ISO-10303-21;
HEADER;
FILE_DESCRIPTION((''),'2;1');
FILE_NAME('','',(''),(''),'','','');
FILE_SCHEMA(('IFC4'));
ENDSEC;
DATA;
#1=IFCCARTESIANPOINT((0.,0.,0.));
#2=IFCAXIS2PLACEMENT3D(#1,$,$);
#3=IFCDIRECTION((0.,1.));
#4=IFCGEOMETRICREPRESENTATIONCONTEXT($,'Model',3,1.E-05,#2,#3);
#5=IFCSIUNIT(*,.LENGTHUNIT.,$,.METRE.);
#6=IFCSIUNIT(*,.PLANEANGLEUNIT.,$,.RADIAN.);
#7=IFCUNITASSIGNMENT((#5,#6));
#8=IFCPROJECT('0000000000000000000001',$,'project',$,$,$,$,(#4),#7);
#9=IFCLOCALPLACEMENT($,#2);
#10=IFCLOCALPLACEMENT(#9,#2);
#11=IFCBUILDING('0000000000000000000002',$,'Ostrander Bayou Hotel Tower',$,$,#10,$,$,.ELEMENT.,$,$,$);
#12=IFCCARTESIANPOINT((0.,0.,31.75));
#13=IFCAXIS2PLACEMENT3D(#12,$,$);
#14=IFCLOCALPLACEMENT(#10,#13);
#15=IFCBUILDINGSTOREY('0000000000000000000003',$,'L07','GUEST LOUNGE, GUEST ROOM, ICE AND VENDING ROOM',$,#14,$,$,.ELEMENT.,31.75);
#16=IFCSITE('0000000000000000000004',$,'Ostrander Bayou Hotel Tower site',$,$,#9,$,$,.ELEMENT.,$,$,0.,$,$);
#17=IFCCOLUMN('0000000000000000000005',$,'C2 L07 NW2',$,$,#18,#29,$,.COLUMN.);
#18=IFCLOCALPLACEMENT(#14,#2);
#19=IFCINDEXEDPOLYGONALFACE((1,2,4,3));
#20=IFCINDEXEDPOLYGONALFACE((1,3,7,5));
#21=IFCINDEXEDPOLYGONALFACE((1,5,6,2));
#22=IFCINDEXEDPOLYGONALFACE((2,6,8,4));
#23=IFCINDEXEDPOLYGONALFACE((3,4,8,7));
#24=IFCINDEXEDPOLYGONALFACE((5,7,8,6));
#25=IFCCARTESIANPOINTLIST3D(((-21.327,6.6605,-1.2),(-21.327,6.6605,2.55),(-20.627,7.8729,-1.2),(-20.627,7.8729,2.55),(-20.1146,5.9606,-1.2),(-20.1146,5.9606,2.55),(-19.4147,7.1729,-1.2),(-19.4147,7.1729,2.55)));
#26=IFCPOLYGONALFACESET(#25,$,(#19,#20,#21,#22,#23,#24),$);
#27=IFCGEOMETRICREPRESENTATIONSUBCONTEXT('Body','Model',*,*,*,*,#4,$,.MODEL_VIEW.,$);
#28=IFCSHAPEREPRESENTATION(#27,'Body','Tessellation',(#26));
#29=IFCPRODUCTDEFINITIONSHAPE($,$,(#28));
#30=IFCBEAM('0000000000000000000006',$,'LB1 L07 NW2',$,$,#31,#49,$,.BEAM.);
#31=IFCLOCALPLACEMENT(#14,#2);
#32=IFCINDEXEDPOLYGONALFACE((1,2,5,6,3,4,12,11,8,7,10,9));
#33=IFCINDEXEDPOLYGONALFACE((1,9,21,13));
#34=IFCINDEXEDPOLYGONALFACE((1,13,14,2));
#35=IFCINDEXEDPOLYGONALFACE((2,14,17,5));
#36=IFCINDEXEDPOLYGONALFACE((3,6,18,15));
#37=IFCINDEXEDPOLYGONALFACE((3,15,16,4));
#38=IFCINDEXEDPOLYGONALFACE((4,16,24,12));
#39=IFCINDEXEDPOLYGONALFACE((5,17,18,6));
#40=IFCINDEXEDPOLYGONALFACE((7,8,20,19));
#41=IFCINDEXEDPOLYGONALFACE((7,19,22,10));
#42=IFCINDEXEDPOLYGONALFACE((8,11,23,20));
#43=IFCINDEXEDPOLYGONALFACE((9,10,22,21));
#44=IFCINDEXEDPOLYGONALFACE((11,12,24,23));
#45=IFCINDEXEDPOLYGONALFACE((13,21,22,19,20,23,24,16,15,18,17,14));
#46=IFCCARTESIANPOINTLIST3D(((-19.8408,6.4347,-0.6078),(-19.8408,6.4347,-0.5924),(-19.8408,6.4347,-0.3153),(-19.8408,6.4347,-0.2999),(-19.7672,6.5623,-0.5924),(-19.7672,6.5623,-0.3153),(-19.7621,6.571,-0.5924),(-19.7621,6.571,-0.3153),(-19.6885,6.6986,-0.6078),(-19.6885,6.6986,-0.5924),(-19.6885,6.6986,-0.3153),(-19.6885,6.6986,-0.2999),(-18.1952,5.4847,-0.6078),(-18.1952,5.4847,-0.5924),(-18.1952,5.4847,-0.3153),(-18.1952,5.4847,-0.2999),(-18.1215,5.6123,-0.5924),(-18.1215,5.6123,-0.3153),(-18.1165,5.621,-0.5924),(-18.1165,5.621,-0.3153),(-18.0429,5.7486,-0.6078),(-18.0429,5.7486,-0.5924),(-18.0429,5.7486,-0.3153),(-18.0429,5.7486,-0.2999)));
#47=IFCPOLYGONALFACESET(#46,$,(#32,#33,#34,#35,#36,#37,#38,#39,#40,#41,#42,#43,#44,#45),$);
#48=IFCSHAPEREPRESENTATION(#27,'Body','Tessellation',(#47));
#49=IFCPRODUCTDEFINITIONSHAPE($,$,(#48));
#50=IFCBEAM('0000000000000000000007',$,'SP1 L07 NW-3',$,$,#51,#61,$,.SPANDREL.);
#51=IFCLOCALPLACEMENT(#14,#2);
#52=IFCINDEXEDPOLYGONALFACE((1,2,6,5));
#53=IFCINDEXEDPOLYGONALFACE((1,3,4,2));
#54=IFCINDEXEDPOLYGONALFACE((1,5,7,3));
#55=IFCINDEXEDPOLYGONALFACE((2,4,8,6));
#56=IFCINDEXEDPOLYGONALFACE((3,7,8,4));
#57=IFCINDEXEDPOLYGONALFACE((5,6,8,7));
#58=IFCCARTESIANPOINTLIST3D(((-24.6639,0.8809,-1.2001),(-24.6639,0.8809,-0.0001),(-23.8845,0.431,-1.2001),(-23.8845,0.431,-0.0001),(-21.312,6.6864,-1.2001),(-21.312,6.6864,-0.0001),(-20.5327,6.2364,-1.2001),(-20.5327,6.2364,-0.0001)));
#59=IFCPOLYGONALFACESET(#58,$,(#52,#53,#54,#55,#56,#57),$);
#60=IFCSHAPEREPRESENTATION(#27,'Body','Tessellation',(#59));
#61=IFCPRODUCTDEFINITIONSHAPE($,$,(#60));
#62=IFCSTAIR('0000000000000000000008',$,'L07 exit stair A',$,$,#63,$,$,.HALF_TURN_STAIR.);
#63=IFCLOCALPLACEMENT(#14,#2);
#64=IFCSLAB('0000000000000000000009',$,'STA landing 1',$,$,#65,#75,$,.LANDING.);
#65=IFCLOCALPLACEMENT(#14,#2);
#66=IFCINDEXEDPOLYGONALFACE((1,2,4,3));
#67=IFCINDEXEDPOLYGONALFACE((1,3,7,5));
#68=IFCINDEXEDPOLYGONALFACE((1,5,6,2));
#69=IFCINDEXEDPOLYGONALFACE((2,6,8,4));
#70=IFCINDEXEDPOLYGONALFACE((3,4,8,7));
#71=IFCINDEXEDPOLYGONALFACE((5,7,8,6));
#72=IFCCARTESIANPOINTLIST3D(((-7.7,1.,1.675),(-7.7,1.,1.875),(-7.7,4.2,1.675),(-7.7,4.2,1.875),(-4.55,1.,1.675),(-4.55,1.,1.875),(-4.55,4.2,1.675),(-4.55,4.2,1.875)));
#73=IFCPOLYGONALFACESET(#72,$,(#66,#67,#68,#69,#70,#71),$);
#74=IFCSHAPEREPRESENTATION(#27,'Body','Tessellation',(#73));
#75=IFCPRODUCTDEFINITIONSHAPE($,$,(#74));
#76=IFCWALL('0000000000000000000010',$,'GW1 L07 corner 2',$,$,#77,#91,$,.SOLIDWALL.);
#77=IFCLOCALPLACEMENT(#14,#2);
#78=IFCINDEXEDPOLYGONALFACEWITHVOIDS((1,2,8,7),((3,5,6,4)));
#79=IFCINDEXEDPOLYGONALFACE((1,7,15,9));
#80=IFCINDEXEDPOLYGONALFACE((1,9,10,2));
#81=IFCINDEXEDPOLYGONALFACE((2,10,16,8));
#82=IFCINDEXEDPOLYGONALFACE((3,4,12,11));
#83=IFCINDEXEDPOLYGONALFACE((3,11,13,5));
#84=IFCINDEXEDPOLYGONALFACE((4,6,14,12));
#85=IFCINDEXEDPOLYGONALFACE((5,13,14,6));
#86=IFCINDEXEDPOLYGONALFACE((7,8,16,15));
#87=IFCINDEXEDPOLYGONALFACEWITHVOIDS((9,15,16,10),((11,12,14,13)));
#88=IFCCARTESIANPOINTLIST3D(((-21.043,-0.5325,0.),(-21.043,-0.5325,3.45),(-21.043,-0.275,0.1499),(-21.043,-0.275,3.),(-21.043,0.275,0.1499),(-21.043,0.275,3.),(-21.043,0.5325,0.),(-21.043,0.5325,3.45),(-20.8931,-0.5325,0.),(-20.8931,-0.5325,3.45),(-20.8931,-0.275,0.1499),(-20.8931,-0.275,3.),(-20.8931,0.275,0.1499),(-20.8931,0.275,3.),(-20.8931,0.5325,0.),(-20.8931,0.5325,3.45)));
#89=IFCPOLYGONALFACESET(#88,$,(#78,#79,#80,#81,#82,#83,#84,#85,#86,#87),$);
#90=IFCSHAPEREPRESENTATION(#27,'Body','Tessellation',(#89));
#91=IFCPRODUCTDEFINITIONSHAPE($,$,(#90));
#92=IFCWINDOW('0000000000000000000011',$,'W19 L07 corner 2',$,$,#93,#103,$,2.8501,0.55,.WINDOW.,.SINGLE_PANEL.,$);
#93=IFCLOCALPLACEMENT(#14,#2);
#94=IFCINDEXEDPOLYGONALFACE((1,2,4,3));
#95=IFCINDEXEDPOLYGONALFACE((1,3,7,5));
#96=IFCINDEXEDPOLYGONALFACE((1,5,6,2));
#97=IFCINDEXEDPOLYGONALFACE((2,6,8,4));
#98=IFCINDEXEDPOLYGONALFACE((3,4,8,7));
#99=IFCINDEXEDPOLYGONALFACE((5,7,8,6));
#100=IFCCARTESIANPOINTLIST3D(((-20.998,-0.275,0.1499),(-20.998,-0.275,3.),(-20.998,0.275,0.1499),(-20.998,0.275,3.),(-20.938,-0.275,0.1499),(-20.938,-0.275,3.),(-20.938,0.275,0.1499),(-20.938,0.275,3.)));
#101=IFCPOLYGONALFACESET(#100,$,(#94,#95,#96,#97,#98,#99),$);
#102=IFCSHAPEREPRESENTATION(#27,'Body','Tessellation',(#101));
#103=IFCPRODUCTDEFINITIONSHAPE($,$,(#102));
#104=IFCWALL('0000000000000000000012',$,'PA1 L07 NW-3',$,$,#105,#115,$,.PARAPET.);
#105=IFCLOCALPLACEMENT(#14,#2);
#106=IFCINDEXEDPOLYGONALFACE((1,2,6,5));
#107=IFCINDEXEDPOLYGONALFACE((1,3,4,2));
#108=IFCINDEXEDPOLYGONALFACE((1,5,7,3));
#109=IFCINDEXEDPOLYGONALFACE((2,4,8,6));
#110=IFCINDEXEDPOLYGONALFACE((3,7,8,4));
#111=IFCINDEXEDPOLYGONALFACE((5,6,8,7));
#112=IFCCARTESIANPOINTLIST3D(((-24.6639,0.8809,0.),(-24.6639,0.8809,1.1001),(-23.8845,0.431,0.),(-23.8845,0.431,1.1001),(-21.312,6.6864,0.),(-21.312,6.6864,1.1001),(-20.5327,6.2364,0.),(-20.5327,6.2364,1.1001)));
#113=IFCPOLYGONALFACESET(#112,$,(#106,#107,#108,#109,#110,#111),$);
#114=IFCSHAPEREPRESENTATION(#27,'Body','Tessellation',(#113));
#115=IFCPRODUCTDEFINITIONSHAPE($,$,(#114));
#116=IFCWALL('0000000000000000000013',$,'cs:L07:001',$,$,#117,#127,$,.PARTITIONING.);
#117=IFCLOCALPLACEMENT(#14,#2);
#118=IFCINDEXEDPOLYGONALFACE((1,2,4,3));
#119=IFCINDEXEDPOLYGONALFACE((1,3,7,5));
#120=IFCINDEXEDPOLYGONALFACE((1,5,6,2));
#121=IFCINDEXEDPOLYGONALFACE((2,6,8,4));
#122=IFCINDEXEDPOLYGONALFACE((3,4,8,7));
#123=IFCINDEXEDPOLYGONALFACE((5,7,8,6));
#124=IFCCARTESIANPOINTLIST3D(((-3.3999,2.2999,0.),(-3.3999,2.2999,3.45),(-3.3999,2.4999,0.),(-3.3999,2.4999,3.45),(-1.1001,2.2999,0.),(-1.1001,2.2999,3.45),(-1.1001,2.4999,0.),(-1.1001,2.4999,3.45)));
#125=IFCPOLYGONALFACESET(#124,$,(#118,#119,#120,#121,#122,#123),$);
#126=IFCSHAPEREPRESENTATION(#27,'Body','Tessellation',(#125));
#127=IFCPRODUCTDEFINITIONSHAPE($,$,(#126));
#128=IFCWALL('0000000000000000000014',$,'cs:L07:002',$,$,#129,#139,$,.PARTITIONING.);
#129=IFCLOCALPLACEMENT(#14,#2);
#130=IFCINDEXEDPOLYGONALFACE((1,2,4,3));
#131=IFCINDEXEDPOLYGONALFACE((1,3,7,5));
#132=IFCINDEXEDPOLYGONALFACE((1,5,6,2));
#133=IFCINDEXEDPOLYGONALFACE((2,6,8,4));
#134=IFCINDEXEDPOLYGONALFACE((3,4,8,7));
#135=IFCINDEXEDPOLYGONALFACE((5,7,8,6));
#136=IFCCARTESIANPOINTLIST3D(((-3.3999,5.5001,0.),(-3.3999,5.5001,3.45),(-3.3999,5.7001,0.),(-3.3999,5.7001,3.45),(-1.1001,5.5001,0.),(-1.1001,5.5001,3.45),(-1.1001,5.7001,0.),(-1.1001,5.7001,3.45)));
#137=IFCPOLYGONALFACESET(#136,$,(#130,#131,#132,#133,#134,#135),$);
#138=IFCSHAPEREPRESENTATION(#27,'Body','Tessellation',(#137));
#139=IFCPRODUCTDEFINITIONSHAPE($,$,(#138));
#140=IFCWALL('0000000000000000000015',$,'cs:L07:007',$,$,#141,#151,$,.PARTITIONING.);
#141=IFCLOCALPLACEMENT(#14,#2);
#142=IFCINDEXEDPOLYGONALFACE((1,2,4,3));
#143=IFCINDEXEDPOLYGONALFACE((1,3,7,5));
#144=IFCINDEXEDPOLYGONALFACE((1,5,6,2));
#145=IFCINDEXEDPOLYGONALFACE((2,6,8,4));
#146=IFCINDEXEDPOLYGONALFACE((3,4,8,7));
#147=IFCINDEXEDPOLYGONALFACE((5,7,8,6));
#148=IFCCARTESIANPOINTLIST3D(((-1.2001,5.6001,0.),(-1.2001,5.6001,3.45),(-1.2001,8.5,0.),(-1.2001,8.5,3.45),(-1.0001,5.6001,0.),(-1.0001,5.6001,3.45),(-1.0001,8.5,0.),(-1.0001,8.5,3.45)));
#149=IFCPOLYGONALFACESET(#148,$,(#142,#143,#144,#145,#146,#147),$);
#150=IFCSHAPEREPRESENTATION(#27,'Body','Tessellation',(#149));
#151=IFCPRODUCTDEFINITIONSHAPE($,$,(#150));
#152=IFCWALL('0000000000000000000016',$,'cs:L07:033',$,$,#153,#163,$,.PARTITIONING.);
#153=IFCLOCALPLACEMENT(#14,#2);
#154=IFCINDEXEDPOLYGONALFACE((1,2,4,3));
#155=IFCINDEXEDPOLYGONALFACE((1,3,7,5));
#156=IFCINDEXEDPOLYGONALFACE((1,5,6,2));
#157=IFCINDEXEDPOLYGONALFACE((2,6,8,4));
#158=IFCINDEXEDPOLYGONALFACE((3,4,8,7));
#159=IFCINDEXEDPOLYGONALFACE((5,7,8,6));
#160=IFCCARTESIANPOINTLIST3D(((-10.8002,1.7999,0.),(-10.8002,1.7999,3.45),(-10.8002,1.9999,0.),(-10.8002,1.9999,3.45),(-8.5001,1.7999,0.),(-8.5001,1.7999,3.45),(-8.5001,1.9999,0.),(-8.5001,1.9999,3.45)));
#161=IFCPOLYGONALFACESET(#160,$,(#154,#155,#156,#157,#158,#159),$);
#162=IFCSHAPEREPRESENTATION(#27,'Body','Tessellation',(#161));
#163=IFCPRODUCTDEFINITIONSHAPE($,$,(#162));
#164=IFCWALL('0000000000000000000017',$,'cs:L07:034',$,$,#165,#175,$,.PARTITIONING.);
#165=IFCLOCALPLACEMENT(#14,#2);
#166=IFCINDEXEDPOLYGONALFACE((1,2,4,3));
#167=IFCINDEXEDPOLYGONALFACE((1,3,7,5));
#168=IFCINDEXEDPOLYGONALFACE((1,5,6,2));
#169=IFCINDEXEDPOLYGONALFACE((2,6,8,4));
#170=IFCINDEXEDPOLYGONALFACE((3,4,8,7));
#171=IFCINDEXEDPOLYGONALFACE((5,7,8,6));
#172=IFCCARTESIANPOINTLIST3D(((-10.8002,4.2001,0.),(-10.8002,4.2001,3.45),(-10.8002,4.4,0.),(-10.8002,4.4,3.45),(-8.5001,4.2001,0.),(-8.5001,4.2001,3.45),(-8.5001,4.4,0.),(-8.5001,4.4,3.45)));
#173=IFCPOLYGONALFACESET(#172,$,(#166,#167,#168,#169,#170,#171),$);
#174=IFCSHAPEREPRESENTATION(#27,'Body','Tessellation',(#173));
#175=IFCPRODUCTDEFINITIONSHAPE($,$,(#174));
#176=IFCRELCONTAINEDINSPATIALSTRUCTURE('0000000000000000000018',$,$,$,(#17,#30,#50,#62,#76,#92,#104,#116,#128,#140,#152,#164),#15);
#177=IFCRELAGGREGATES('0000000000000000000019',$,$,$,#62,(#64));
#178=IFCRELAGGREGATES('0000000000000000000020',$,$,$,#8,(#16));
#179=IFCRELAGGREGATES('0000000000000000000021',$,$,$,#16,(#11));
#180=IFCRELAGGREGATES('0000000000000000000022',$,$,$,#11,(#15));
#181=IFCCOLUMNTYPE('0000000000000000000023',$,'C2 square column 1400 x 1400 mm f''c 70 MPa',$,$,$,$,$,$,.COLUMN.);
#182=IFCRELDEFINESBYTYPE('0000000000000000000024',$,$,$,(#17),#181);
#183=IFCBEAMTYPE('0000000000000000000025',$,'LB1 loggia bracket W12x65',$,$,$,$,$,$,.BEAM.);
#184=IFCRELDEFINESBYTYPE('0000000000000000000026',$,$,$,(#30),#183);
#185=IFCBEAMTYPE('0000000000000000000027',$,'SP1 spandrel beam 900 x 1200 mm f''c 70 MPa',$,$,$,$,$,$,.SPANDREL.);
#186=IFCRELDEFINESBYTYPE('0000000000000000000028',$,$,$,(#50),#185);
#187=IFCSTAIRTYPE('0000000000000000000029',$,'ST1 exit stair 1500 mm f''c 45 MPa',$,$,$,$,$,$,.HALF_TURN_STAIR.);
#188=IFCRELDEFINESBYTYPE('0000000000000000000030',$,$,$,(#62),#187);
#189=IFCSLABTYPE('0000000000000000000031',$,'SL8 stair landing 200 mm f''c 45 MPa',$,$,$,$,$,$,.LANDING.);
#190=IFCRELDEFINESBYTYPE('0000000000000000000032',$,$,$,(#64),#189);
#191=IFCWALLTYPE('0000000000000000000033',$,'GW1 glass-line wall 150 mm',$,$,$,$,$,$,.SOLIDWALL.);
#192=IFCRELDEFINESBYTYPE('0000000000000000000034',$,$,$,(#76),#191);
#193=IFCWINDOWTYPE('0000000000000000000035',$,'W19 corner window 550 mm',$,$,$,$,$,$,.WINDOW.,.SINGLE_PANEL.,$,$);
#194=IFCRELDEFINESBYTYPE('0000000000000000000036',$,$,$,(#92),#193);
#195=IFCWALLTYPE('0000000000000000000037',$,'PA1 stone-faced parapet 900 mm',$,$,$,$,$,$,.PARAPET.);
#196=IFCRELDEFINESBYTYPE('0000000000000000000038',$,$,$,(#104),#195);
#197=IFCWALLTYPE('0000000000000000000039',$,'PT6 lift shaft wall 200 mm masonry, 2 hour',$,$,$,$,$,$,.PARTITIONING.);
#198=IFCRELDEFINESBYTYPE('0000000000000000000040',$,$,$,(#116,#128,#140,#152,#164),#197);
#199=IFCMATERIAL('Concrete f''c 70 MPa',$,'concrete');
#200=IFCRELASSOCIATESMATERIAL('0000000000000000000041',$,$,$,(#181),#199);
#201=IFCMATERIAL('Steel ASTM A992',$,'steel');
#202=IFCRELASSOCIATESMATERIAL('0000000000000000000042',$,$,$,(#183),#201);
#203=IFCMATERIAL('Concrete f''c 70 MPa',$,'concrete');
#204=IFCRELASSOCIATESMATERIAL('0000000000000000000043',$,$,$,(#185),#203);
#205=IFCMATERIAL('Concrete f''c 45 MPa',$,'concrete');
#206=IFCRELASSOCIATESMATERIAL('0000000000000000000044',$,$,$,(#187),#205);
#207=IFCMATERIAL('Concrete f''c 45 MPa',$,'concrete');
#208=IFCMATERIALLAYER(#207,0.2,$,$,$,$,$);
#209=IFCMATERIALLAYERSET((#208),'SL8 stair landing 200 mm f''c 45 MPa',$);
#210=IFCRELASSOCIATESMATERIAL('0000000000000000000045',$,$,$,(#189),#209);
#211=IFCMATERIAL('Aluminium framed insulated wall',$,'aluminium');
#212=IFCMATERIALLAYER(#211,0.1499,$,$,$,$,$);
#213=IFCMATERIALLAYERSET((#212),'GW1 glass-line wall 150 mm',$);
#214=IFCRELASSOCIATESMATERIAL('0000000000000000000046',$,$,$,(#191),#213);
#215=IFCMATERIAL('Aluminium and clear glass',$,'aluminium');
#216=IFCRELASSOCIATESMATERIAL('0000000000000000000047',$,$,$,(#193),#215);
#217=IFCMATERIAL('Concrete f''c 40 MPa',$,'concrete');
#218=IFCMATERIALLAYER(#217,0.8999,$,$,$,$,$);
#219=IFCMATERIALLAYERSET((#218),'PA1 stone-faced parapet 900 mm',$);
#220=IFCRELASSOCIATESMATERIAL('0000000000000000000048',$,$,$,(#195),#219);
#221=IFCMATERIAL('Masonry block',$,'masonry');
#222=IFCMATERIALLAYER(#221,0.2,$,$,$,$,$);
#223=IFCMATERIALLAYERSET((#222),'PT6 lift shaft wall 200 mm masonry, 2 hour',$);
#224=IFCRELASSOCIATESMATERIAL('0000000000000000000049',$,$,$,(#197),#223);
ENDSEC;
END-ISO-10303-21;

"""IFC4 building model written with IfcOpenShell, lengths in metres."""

from ifc_helpers import new_model, si_unit, direction, frame, frame_2d, origin, origin_2d, place, context, subcontext, project, spatial, polyline, rectangle, i_section, outline, extrude, material, layer, layer_set, material_profile, profile_set, type_object, element, fill, aggregate, save


model = new_model("IFC4")

# Units and contexts
model_context = context("Model", 3, precision=1e-05, world=origin(), true_north=direction((0.0, 1.0)))
body_context = subcontext(model_context, "Body", "Model", "MODEL_VIEW")
ifc_project = project(units=[si_unit("LENGTHUNIT", "METRE"), si_unit("PLANEANGLEUNIT", "RADIAN")], contexts=[model_context])

# Site, building, storey
site_placement = place(None, origin())
site = spatial("IfcSite", under=ifc_project, at=site_placement, Name="Ostrander Bayou Hotel Tower site", CompositionType="ELEMENT", RefElevation=0.0)
building_placement = place(site_placement, origin())
building = spatial("IfcBuilding", under=site, at=building_placement, Name="Ostrander Bayou Hotel Tower", CompositionType="ELEMENT")
storey_placement = place(building_placement, frame((0.0, 0.0, 31.75)))
storey = spatial("IfcBuildingStorey", under=building, at=storey_placement, Name="L07", Description="GUEST LOUNGE, GUEST ROOM, ICE AND VENDING ROOM", CompositionType="ELEMENT", Elevation=31.75)

# Column
ifc_material_1 = material(Name="Concrete f'c 70 MPa", Category="concrete")
ifc_material_profile_1 = material_profile(ifc_material_1, rectangle(XDim=1.3999, YDim=1.3999, at=origin_2d()))
ifc_profile_set_1 = profile_set([ifc_material_profile_1], Name="Concrete f'c 70 MPa")
column_type = type_object("IfcColumnType", Name="C2 square column 1400 x 1400 mm f'c 70 MPa", PredefinedType="COLUMN", material=ifc_profile_set_1)
column_placement = place(storey_placement, frame((-20.3708, 6.9167, -1.2), z_axis=(0.0, 0.0, 1.0), x_axis=(0.5, 0.866025, 0.0)))
element("IfcColumn", 1, at=column_placement, inside=storey, type_object=column_type, Name="C2 L07 NW2", PredefinedType="COLUMN", context=body_context, shape_type="SweptSolid", body=[
    extrude(rectangle(XDim=1.3999, YDim=1.3999, at=origin_2d()), origin(), (0.0, 0.0, 1.0), 3.75),
])

# Beams
ifc_material_2 = material(Name="Steel ASTM A992", Category="steel")
ifc_material_profile_2 = material_profile(ifc_material_2, i_section(OverallWidth=0.3047, OverallDepth=0.3079, WebThickness=0.01, FlangeThickness=0.0154, at=origin_2d()))
ifc_profile_set_2 = profile_set([ifc_material_profile_2], Name="Steel ASTM A992")
beam_type_1 = type_object("IfcBeamType", Name="LB1 loggia bracket W12x65", PredefinedType="BEAM", material=ifc_profile_set_2)
beam_1_placement = place(storey_placement, frame((-19.7646, 6.5667, -0.4539), z_axis=(0.866044, -0.499967, 0.0), x_axis=(0.499967, 0.866044, 0.0)))
element("IfcBeam", 2, at=beam_1_placement, inside=storey, type_object=beam_type_1, Name="LB1 L07 NW2", PredefinedType="BEAM", context=body_context, shape_type="SweptSolid", body=[
    extrude(i_section(OverallWidth=0.3047, OverallDepth=0.3079, WebThickness=0.01, FlangeThickness=0.0154, at=origin_2d()), origin(), (0.0, 0.0, 1.0), 1.9001),
])
ifc_material_3 = material(Name="Concrete f'c 70 MPa", Category="concrete")
ifc_material_profile_3 = material_profile(ifc_material_3, rectangle(XDim=0.8999, YDim=1.2, at=origin_2d()))
ifc_profile_set_3 = profile_set([ifc_material_profile_3], Name="Concrete f'c 70 MPa")
beam_type_2 = type_object("IfcBeamType", Name="SP1 spandrel beam 900 x 1200 mm f'c 70 MPa", PredefinedType="SPANDREL", material=ifc_profile_set_3)
beam_2_placement = place(storey_placement, frame((-20.9224, 6.4614, -0.6001), z_axis=(-0.500005, -0.866022, 0.0), x_axis=(0.866022, -0.500005, 0.0)))
element("IfcBeam", 3, at=beam_2_placement, inside=storey, type_object=beam_type_2, Name="SP1 L07 NW-3", PredefinedType="SPANDREL", context=body_context, shape_type="SweptSolid", body=[
    extrude(rectangle(XDim=0.8999, YDim=1.2, at=origin_2d()), origin(), (0.0, 0.0, 1.0), 6.7036),
])

# Stair, slab
ifc_material_4 = material(Name="Concrete f'c 45 MPa", Category="concrete")
stair_type = type_object("IfcStairType", Name="ST1 exit stair 1500 mm f'c 45 MPa", PredefinedType="HALF_TURN_STAIR", material=ifc_material_4)
stair_placement = place(storey_placement, origin())
stair = element("IfcStair", 4, at=stair_placement, inside=storey, type_object=stair_type, Name="L07 exit stair A", PredefinedType="HALF_TURN_STAIR")
ifc_material_5 = material(Name="Concrete f'c 45 MPa", Category="concrete")
ifc_layer_1 = layer(ifc_material_5, 0.2)
ifc_layer_set_1 = layer_set([ifc_layer_1], Name="SL8 stair landing 200 mm f'c 45 MPa")
slab_type = type_object("IfcSlabType", Name="SL8 stair landing 200 mm f'c 45 MPa", PredefinedType="LANDING", material=ifc_layer_set_1)
slab_placement = place(storey_placement, frame((0.0, 0.0, 1.675)))
slab = element("IfcSlab", 5, at=slab_placement, type_object=slab_type, Name="STA landing 1", PredefinedType="LANDING", context=body_context, shape_type="SweptSolid", body=[
    extrude(outline(polyline([(-7.7, 4.2), (-7.7, 1.0), (-4.55, 1.0), (-4.55, 4.2), (-7.7, 4.2)])), origin(), (0.0, 0.0, 1.0), 0.2),
])

# Wall, opening, window
ifc_material_6 = material(Name="Aluminium framed insulated wall", Category="aluminium")
ifc_layer_2 = layer(ifc_material_6, 0.1499)
ifc_layer_set_2 = layer_set([ifc_layer_2], Name="GW1 glass-line wall 150 mm")
wall_type_1 = type_object("IfcWallType", Name="GW1 glass-line wall 150 mm", PredefinedType="SOLIDWALL", material=ifc_layer_set_2)
wall_1_placement = place(storey_placement, frame((-20.968, 0.5325, 0.0), z_axis=(0.0, 0.0, 1.0), x_axis=(0.0, -1.0, 0.0)))
wall_1 = element("IfcWall", 6, at=wall_1_placement, inside=storey, type_object=wall_type_1, Name="GW1 L07 corner 2", PredefinedType="SOLIDWALL", context=body_context, shape_type="SweptSolid", body=[
    extrude(rectangle(XDim=1.0649, YDim=0.1499, at=frame_2d((0.5325, 0.0))), origin(), (0.0, 0.0, 1.0), 3.45),
])
opening_1_placement = place(wall_1_placement, frame((0.2576, 0.0, 0.1499)))
opening_1 = element("IfcOpeningElement", 7, at=opening_1_placement, cuts=wall_1, PredefinedType="OPENING", context=body_context, shape_type="SweptSolid", body=[
    extrude(rectangle(XDim=0.55, YDim=2.8501, at=frame_2d((0.2749, 1.425))), frame((0.0, 0.075, 0.0), z_axis=(0.0, -1.0, 0.0), x_axis=(1.0, 0.0, 0.0)), (0.0, 0.0, 1.0), 0.1499),
])
ifc_material_7 = material(Name="Aluminium and clear glass", Category="aluminium")
window_type = type_object("IfcWindowType", Name="W19 corner window 550 mm", PartitioningType="SINGLE_PANEL", PredefinedType="WINDOW", material=ifc_material_7)
window_placement = place(opening_1_placement, origin())
window = element("IfcWindow", 8, at=window_placement, inside=storey, type_object=window_type, Name="W19 L07 corner 2", OverallHeight=2.8501, OverallWidth=0.55, PartitioningType="SINGLE_PANEL", PredefinedType="WINDOW", context=body_context, shape_type="SweptSolid", body=[
    extrude(rectangle(XDim=0.55, YDim=2.8501, at=frame_2d((0.2749, 1.425))), frame((0.0, 0.03, 0.0), z_axis=(0.0, -1.0, 0.0), x_axis=(1.0, 0.0, 0.0)), (0.0, 0.0, 1.0), 0.0601),
])
fill(opening_1, window)

# Wall
ifc_material_8 = material(Name="Concrete f'c 40 MPa", Category="concrete")
ifc_layer_3 = layer(ifc_material_8, 0.8999)
ifc_layer_set_3 = layer_set([ifc_layer_3], Name="PA1 stone-faced parapet 900 mm")
wall_type_2 = type_object("IfcWallType", Name="PA1 stone-faced parapet 900 mm", PredefinedType="PARAPET", material=ifc_layer_set_3)
wall_2_placement = place(storey_placement, frame((-20.9224, 6.4614, 0.0), z_axis=(0.0, 0.0, 1.0), x_axis=(-0.500005, -0.866022, 0.0)))
element("IfcWall", 9, at=wall_2_placement, inside=storey, type_object=wall_type_2, Name="PA1 L07 NW-3", PredefinedType="PARAPET", context=body_context, shape_type="SweptSolid", body=[
    extrude(rectangle(XDim=6.7036, YDim=0.8999, at=frame_2d((3.3518, 0.0))), origin(), (0.0, 0.0, 1.0), 1.1001),
])

# Walls
ifc_material_9 = material(Name="Masonry block", Category="masonry")
ifc_layer_4 = layer(ifc_material_9, 0.2)
ifc_layer_set_4 = layer_set([ifc_layer_4], Name="PT6 lift shaft wall 200 mm masonry, 2 hour")
wall_type_3 = type_object("IfcWallType", Name="PT6 lift shaft wall 200 mm masonry, 2 hour", PredefinedType="PARTITIONING", material=ifc_layer_set_4)
for number, where, z_axis, x_axis, name in (
    (10, (-3.3999, 2.3999, 0.0), (0.0, 0.0, 1.0), (1.0, 0.0, 0.0), "cs:L07:001"),
    (11, (-3.3999, 5.6001, 0.0), (0.0, 0.0, 1.0), (1.0, 0.0, 0.0), "cs:L07:002"),
):
    element("IfcWall", number, at=place(storey_placement, frame(where, z_axis=z_axis, x_axis=x_axis)), inside=storey, type_object=wall_type_3, Name=name, PredefinedType="PARTITIONING", context=body_context, shape_type="SweptSolid", body=[
        extrude(rectangle(XDim=2.2998, YDim=0.2, at=frame_2d((1.1499, 0.0))), origin(), (0.0, 0.0, 1.0), 3.45),
    ])
wall_3_placement = place(storey_placement, frame((-1.1001, 5.6001, 0.0), z_axis=(0.0, 0.0, 1.0), x_axis=(0.0, 1.0, 0.0)))
element("IfcWall", 12, at=wall_3_placement, inside=storey, type_object=wall_type_3, Name="cs:L07:007", PredefinedType="PARTITIONING", context=body_context, shape_type="SweptSolid", body=[
    extrude(rectangle(XDim=2.8999, YDim=0.2, at=frame_2d((1.45, 0.0))), origin(), (0.0, 0.0, 1.0), 3.45),
])
for number, where, z_axis, x_axis, name in (
    (13, (-10.8, 1.8999, 0.0), (0.0, 0.0, 1.0), (1.0, 0.0, 0.0), "cs:L07:033"),
    (14, (-10.8, 4.3, 0.0), (0.0, 0.0, 1.0), (1.0, 0.0, 0.0), "cs:L07:034"),
):
    element("IfcWall", number, at=place(storey_placement, frame(where, z_axis=z_axis, x_axis=x_axis)), inside=storey, type_object=wall_type_3, Name=name, PredefinedType="PARTITIONING", context=body_context, shape_type="SweptSolid", body=[
        extrude(rectangle(XDim=2.3, YDim=0.2, at=frame_2d((1.1499, 0.0))), origin(), (0.0, 0.0, 1.0), 3.45),
    ])

aggregate(stair, [slab])

save(model, "model.ifc")
